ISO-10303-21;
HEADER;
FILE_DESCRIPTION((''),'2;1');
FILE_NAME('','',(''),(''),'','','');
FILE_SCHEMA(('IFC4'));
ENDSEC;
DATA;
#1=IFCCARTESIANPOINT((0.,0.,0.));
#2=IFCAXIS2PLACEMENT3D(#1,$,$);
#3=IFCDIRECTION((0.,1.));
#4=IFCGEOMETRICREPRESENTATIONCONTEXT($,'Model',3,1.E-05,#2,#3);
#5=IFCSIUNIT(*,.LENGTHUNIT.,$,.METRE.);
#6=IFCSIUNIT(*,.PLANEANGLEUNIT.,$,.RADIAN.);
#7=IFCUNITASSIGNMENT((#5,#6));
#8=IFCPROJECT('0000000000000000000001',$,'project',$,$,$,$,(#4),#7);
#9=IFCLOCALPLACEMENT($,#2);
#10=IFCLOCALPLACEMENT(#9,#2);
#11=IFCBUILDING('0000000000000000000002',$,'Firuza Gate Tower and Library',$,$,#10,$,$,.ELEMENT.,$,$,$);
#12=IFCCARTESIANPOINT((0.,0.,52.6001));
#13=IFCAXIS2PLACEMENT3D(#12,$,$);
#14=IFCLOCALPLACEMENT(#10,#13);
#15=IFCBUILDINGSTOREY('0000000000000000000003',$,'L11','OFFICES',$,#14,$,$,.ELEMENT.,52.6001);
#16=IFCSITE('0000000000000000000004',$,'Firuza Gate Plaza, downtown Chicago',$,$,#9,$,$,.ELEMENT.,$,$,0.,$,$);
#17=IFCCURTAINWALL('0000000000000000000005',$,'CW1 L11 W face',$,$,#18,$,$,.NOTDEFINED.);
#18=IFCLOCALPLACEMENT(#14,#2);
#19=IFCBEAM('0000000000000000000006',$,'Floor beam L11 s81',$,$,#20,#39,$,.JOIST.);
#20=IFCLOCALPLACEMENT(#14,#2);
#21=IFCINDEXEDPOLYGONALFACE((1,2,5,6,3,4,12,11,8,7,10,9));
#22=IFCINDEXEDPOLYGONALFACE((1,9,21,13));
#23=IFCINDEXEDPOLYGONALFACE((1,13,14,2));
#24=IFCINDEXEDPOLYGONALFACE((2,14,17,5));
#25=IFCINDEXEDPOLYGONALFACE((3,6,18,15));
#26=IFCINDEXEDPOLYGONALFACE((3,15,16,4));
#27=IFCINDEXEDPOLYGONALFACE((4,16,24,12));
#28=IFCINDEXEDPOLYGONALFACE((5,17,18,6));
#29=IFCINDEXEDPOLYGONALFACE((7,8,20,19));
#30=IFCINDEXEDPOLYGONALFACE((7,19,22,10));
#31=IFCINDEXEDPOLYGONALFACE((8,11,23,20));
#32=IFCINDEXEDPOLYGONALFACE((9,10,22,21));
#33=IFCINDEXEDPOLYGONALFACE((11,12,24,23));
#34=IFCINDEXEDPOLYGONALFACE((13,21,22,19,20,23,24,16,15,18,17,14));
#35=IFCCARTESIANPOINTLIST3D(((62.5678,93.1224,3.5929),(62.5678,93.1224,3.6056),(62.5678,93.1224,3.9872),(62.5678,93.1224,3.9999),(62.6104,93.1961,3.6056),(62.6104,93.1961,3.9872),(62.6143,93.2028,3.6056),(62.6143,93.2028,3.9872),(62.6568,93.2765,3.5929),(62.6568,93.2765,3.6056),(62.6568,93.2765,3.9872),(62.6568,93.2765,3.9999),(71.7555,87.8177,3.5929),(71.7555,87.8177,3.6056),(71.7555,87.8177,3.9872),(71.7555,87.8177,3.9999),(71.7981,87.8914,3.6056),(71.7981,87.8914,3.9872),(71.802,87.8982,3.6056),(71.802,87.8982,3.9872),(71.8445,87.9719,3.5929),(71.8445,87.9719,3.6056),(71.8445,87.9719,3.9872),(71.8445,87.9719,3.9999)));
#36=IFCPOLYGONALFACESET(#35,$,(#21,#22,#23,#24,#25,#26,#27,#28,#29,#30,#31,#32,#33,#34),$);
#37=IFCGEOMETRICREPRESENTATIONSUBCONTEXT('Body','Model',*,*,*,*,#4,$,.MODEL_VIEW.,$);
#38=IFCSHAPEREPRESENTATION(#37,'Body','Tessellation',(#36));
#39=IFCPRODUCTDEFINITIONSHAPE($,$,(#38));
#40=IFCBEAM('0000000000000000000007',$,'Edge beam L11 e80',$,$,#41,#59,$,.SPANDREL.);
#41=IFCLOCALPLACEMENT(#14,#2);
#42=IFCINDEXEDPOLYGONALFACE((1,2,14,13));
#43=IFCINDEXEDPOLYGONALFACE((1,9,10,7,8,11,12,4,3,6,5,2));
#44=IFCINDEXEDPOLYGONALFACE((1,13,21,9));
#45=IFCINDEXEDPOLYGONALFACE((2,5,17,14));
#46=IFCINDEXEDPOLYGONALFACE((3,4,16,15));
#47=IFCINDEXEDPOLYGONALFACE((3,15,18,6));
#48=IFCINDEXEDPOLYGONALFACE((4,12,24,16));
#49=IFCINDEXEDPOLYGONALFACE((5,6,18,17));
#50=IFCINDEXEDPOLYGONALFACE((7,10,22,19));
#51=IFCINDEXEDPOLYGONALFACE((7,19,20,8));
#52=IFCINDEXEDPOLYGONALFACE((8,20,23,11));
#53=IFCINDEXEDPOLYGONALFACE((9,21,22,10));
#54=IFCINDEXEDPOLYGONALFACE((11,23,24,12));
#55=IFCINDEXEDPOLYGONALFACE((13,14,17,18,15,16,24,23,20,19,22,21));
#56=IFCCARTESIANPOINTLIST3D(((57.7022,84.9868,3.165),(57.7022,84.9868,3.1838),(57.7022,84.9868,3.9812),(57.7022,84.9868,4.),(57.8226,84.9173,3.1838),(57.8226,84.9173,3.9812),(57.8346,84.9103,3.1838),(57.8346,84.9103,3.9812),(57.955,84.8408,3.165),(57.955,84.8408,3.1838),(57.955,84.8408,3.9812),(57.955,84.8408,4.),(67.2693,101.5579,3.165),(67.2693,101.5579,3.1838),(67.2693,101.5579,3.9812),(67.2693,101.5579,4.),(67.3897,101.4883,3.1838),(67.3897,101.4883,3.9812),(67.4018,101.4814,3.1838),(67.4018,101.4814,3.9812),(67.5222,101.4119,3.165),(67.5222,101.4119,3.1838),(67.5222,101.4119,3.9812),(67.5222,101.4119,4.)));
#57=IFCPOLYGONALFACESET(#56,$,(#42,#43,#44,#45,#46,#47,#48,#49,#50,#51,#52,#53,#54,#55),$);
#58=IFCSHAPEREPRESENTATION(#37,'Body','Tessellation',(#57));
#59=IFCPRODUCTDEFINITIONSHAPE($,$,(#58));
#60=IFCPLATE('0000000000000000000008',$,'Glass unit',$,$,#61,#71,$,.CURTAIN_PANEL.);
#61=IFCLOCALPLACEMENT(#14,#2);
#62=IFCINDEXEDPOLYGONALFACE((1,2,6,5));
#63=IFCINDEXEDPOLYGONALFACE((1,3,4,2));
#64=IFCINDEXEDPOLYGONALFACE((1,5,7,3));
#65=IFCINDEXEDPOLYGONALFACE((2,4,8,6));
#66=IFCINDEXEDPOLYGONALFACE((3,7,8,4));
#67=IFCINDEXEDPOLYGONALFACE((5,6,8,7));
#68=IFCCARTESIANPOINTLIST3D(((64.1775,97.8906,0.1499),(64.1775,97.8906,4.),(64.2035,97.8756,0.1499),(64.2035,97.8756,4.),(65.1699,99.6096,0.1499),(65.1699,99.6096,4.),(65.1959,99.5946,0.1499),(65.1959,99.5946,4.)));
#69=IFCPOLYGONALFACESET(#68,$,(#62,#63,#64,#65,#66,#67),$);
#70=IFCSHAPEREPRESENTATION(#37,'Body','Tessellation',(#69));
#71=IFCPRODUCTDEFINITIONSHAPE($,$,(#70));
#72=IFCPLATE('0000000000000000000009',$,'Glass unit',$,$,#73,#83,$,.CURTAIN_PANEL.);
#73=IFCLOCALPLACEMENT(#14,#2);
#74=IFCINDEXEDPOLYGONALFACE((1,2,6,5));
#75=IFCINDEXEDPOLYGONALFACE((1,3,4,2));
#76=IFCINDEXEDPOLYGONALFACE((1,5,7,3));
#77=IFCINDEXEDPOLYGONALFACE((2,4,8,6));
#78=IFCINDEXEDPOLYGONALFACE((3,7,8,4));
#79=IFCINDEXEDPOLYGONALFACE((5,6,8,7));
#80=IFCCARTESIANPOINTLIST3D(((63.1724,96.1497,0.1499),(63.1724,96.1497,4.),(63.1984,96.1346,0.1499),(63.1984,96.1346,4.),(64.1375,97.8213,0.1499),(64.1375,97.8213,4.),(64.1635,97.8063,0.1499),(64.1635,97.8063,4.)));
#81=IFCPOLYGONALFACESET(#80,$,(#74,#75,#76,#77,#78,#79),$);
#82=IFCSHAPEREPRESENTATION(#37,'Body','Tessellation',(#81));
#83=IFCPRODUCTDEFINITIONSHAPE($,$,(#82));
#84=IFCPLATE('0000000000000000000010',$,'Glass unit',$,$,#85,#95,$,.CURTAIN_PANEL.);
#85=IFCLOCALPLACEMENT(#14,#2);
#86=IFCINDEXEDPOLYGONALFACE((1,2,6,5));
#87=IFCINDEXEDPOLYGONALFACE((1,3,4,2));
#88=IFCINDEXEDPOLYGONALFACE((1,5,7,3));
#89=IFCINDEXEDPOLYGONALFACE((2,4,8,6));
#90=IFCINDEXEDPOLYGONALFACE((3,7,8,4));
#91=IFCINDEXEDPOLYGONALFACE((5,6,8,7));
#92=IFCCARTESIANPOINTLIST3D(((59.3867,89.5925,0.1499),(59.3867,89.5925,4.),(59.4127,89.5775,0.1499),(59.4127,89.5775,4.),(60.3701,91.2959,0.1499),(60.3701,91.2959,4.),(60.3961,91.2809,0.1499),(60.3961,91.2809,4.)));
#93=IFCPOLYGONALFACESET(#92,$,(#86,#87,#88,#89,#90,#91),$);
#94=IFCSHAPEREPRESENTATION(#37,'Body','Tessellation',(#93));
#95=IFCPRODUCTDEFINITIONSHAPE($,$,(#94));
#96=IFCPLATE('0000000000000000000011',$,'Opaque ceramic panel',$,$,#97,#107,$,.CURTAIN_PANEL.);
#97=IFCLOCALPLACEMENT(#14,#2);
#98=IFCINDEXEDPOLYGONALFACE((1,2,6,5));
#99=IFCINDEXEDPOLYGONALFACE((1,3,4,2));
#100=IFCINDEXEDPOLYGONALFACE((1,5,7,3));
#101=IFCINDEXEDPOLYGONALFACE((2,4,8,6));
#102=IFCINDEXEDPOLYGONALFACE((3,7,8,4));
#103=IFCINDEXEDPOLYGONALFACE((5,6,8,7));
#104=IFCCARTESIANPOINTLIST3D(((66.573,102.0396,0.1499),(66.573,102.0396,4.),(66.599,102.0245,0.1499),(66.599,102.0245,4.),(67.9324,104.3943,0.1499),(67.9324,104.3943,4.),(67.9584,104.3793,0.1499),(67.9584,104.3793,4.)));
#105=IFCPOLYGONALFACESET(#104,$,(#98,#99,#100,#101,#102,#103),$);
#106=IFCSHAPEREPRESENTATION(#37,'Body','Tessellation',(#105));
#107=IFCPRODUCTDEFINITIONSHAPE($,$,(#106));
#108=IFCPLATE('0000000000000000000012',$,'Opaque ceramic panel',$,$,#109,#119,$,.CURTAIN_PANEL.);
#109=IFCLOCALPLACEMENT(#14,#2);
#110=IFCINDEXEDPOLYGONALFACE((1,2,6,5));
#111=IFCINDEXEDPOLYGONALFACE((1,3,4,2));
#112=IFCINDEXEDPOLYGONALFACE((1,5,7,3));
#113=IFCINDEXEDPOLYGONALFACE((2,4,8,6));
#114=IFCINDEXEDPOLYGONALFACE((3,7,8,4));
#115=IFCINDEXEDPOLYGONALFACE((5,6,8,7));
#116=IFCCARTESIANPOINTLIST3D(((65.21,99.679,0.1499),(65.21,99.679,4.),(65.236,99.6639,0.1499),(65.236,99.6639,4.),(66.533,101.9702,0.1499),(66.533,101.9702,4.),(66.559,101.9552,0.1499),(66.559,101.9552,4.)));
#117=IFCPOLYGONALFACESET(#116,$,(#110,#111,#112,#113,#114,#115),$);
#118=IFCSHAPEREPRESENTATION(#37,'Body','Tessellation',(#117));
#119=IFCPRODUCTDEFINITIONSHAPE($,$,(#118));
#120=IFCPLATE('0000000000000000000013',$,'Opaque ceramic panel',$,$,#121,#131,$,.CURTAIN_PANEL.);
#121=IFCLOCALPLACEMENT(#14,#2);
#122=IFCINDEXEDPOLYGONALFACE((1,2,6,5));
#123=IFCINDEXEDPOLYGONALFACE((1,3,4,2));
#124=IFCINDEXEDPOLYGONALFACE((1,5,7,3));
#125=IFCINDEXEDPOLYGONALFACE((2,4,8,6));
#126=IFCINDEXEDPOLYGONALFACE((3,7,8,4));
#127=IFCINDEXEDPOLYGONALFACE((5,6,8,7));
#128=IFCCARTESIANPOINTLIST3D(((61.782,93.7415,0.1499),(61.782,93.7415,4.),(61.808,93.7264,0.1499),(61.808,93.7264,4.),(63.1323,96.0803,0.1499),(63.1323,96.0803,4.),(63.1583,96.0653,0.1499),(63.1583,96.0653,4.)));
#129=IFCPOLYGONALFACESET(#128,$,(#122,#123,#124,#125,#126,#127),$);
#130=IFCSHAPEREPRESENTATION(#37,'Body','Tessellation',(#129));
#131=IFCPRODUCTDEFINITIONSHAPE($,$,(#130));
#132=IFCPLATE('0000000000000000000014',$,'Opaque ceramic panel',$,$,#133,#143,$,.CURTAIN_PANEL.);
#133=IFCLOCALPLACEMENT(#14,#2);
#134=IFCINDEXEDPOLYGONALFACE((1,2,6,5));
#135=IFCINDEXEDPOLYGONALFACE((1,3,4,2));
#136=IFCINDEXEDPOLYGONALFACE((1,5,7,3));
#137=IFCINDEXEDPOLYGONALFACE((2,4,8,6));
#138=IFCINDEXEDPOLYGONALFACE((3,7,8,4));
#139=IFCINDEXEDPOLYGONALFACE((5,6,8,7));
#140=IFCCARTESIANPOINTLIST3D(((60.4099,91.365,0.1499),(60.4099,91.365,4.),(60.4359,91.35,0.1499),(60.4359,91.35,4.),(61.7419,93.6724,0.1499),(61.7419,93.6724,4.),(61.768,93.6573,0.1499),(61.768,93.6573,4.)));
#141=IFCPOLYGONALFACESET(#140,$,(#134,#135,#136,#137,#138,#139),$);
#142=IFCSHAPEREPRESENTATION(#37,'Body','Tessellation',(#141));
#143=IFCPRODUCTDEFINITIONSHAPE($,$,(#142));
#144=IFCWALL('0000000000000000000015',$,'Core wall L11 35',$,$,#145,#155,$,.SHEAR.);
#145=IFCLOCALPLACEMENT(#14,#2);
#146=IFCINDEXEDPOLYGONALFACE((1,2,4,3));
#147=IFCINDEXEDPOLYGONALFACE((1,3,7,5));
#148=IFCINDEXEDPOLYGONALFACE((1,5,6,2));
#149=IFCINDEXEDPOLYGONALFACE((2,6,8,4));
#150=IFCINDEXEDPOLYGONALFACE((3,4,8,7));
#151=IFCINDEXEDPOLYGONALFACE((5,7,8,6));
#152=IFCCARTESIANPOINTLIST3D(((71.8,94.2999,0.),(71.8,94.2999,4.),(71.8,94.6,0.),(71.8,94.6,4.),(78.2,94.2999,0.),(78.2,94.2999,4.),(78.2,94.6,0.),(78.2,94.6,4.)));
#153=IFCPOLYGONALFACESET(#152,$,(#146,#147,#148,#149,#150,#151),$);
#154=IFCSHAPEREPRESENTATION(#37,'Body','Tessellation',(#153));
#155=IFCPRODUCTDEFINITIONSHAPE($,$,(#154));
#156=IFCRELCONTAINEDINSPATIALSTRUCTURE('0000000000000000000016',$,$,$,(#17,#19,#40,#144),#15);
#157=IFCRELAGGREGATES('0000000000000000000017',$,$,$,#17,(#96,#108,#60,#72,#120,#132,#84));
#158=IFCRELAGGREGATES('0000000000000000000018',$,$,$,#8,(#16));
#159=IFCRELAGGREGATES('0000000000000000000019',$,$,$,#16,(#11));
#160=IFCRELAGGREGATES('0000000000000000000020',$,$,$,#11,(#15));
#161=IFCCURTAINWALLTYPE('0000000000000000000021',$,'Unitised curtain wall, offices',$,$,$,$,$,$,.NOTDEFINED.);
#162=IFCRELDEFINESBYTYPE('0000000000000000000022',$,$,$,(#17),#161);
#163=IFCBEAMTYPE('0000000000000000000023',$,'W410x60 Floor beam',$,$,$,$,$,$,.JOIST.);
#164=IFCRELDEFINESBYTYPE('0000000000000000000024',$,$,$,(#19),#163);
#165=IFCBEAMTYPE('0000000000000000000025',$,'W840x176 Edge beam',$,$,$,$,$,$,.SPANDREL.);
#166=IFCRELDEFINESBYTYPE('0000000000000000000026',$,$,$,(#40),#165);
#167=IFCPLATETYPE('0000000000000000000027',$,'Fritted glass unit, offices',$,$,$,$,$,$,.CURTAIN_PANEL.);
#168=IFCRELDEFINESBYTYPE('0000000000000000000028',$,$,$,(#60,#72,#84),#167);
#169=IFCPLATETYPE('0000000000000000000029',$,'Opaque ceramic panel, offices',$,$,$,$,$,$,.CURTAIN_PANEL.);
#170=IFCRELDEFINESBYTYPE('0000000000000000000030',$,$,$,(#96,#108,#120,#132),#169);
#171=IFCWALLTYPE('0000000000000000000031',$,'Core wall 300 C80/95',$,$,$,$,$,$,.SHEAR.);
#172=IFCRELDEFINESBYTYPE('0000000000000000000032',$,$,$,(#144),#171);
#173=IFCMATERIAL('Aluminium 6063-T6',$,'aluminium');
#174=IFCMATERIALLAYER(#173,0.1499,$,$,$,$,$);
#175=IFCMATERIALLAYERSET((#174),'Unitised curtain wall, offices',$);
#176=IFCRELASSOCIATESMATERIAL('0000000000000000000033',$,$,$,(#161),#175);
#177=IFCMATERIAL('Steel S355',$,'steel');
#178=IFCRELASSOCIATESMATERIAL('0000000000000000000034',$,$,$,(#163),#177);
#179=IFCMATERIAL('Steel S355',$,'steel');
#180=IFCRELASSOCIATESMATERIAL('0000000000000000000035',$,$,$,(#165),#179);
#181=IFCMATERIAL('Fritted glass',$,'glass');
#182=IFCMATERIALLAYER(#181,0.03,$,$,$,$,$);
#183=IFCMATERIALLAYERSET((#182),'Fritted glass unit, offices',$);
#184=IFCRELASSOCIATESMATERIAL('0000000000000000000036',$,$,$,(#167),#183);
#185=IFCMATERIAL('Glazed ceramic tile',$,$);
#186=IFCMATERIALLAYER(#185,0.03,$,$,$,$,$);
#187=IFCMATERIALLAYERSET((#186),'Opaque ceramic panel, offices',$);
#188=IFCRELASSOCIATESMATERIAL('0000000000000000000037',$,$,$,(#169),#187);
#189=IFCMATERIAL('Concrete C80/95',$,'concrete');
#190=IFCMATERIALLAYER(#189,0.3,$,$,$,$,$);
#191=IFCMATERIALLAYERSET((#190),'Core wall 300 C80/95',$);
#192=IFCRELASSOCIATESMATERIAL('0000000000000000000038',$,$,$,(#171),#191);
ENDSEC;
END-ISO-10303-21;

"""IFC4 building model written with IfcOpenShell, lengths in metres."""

from ifc_helpers import new_model, si_unit, direction, frame, frame_2d, origin, origin_2d, place, context, subcontext, project, spatial, polyline, rectangle, i_section, outline, extrude, material, layer, layer_set, material_profile, profile_set, type_object, element, aggregate, save


model = new_model("IFC4")

# Units and contexts
model_context = context("Model", 3, precision=1e-05, world=origin(), true_north=direction((0.0, 1.0)))
body_context = subcontext(model_context, "Body", "Model", "MODEL_VIEW")
ifc_project = project(units=[si_unit("LENGTHUNIT", "METRE"), si_unit("PLANEANGLEUNIT", "RADIAN")], contexts=[model_context])

# Site, building, storey
site_placement = place(None, origin())
site = spatial("IfcSite", under=ifc_project, at=site_placement, Name="Firuza Gate Plaza, downtown Chicago", CompositionType="ELEMENT", RefElevation=0.0)
building_placement = place(site_placement, origin())
building = spatial("IfcBuilding", under=site, at=building_placement, Name="Firuza Gate Tower and Library", CompositionType="ELEMENT")
storey_placement = place(building_placement, frame((0.0, 0.0, 52.6001)))
storey = spatial("IfcBuildingStorey", under=building, at=storey_placement, Name="L11", Description="OFFICES", CompositionType="ELEMENT", Elevation=52.6001)

# Curtain wall
ifc_material_1 = material(Name="Aluminium 6063-T6", Category="aluminium")
ifc_layer_1 = layer(ifc_material_1, 0.1499)
ifc_layer_set_1 = layer_set([ifc_layer_1], Name="Unitised curtain wall, offices")
curtain_wall_type = type_object("IfcCurtainWallType", Name="Unitised curtain wall, offices", PredefinedType="NOTDEFINED", material=ifc_layer_set_1)
placement = place(storey_placement, origin())
curtain_wall = element("IfcCurtainWall", 1, at=placement, inside=storey, type_object=curtain_wall_type, Name="CW1 L11 W face", PredefinedType="NOTDEFINED")

# Beams
ifc_material_2 = material(Name="Steel S355", Category="steel")
ifc_material_profile_1 = material_profile(ifc_material_2, i_section(OverallWidth=0.178, OverallDepth=0.407, WebThickness=0.0078, FlangeThickness=0.0127, at=origin_2d()))
ifc_profile_set_1 = profile_set([ifc_material_profile_1], Name="Steel S355")
beam_type_1 = type_object("IfcBeamType", Name="W410x60 Floor beam", PredefinedType="JOIST", material=ifc_profile_set_1)
beam_1_placement = place(storey_placement, frame((62.6123, 93.1995, 3.7964), z_axis=(0.86602, -0.50001, 0.0), x_axis=(0.50001, 0.86602, 0.0)))
element("IfcBeam", 2, at=beam_1_placement, inside=storey, type_object=beam_type_1, Name="Floor beam L11 s81", PredefinedType="JOIST", context=body_context, shape_type="SweptSolid", body=[
    extrude(i_section(OverallWidth=0.178, OverallDepth=0.407, WebThickness=0.0078, FlangeThickness=0.0127, at=origin_2d()), origin(), (0.0, 0.0, 1.0), 10.6091),
])
ifc_material_3 = material(Name="Steel S355", Category="steel")
ifc_material_profile_2 = material_profile(ifc_material_3, i_section(OverallWidth=0.292, OverallDepth=0.835, WebThickness=0.0139, FlangeThickness=0.0188, at=origin_2d()))
ifc_profile_set_2 = profile_set([ifc_material_profile_2], Name="Steel S355")
beam_type_2 = type_object("IfcBeamType", Name="W840x176 Edge beam", PredefinedType="SPANDREL", material=ifc_profile_set_2)
beam_2_placement = place(storey_placement, frame((67.3958, 101.4849, 3.5825), z_axis=(-0.499994, -0.866029, 0.0), x_axis=(0.866029, -0.499994, 0.0)))
element("IfcBeam", 3, at=beam_2_placement, inside=storey, type_object=beam_type_2, Name="Edge beam L11 e80", PredefinedType="SPANDREL", context=body_context, shape_type="SweptSolid", body=[
    extrude(i_section(OverallWidth=0.292, OverallDepth=0.835, WebThickness=0.0139, FlangeThickness=0.0188, at=origin_2d()), origin(), (0.0, 0.0, 1.0), 19.1345),
])

# Plates
ifc_material_4 = material(Name="Fritted glass", Category="glass")
ifc_layer_2 = layer(ifc_material_4, 0.03)
ifc_layer_set_2 = layer_set([ifc_layer_2], Name="Fritted glass unit, offices")
plate_type_1 = type_object("IfcPlateType", Name="Fritted glass unit, offices", PredefinedType="CURTAIN_PANEL", material=ifc_layer_set_2)
plate_1_placement = place(storey_placement, frame((65.1699, 99.6096, 0.1499), z_axis=(-0.866032, 0.499989, 0.0), x_axis=(-0.499989, -0.866032, 0.0)))
plate_1 = element("IfcPlate", 4, at=plate_1_placement, type_object=plate_type_1, Name="Glass unit", PredefinedType="CURTAIN_PANEL", context=body_context, shape_type="SweptSolid", body=[
    extrude(outline(polyline([(0.0, 0.0), (1.9849, 0.0), (1.9849, 3.8501), (0.0, 3.8501), (0.0, 0.0)])), origin(), (0.0, 0.0, -1.0), 0.03),
])
plate_2_placement = place(storey_placement, frame((64.1375, 97.8213, 0.1499), z_axis=(-0.866032, 0.499989, 0.0), x_axis=(-0.499989, -0.866032, 0.0)))
plate_2 = element("IfcPlate", 5, at=plate_2_placement, type_object=plate_type_1, Name="Glass unit", PredefinedType="CURTAIN_PANEL", context=body_context, shape_type="SweptSolid", body=[
    extrude(outline(polyline([(0.0, 0.0), (1.9302, 0.0), (1.9302, 3.8501), (0.0, 3.8501), (0.0, 0.0)])), origin(), (0.0, 0.0, -1.0), 0.03),
])
plate_3_placement = place(storey_placement, frame((60.3701, 91.2959, 0.1499), z_axis=(-0.866035, 0.499984, 0.0), x_axis=(-0.499984, -0.866035, 0.0)))
plate_3 = element("IfcPlate", 6, at=plate_3_placement, type_object=plate_type_1, Name="Glass unit", PredefinedType="CURTAIN_PANEL", context=body_context, shape_type="SweptSolid", body=[
    extrude(outline(polyline([(0.0, 0.0), (1.9669, 0.0), (1.9669, 3.8501), (0.0, 3.8501), (0.0, 0.0)])), origin(), (0.0, 0.0, -1.0), 0.03),
])
ifc_material_5 = material(Name="Glazed ceramic tile")
ifc_layer_3 = layer(ifc_material_5, 0.03)
ifc_layer_set_3 = layer_set([ifc_layer_3], Name="Opaque ceramic panel, offices")
plate_type_2 = type_object("IfcPlateType", Name="Opaque ceramic panel, offices", PredefinedType="CURTAIN_PANEL", material=ifc_layer_set_3)
plate_4_placement = place(storey_placement, frame((67.9324, 104.3943, 0.1499), z_axis=(-0.866047, 0.499963, 0.0), x_axis=(-0.499963, -0.866047, 0.0)))
plate_4 = element("IfcPlate", 7, at=plate_4_placement, type_object=plate_type_2, Name="Opaque ceramic panel", PredefinedType="CURTAIN_PANEL", context=body_context, shape_type="SweptSolid", body=[
    extrude(outline(polyline([(0.0, 0.0), (2.7189, 0.0), (2.7189, 3.8501), (0.0, 3.8501), (0.0, 0.0)])), origin(), (0.0, 0.0, -1.0), 0.03),
])
plate_5_placement = place(storey_placement, frame((66.533, 101.9702, 0.1499), z_axis=(-0.866003, 0.500039, 0.0), x_axis=(-0.500039, -0.866003, 0.0)))
plate_5 = element("IfcPlate", 8, at=plate_5_placement, type_object=plate_type_2, Name="Opaque ceramic panel", PredefinedType="CURTAIN_PANEL", context=body_context, shape_type="SweptSolid", body=[
    extrude(outline(polyline([(0.0, 0.0), (2.6458, 0.0), (2.6458, 3.8501), (0.0, 3.8501), (0.0, 0.0)])), origin(), (0.0, 0.0, -1.0), 0.03),
])
plate_6_placement = place(storey_placement, frame((63.1323, 96.0803, 0.1499), z_axis=(-0.866026, 0.499999, 0.0), x_axis=(-0.499999, -0.866026, 0.0)))
plate_6 = element("IfcPlate", 9, at=plate_6_placement, type_object=plate_type_2, Name="Opaque ceramic panel", PredefinedType="CURTAIN_PANEL", context=body_context, shape_type="SweptSolid", body=[
    extrude(outline(polyline([(0.0, 0.0), (2.7007, 0.0), (2.7007, 3.8501), (0.0, 3.8501), (0.0, 0.0)])), origin(), (0.0, 0.0, -1.0), 0.03),
])
plate_7_placement = place(storey_placement, frame((61.7419, 93.6724, 0.1499), z_axis=(-0.866047, 0.499963, 0.0), x_axis=(-0.499963, -0.866047, 0.0)))
plate_7 = element("IfcPlate", 10, at=plate_7_placement, type_object=plate_type_2, Name="Opaque ceramic panel", PredefinedType="CURTAIN_PANEL", context=body_context, shape_type="SweptSolid", body=[
    extrude(outline(polyline([(0.0, 0.0), (2.6643, 0.0), (2.6643, 3.8501), (0.0, 3.8501), (0.0, 0.0)])), origin(), (0.0, 0.0, -1.0), 0.03),
])
aggregate(curtain_wall, [plate_4, plate_5, plate_1, plate_2, plate_6, plate_7, plate_3])

# Wall
ifc_material_6 = material(Name="Concrete C80/95", Category="concrete")
ifc_layer_4 = layer(ifc_material_6, 0.3)
ifc_layer_set_4 = layer_set([ifc_layer_4], Name="Core wall 300 C80/95")
wall_type_1 = type_object("IfcWallType", Name="Core wall 300 C80/95", PredefinedType="SHEAR", material=ifc_layer_set_4)
wall_1_placement = place(storey_placement, frame((71.8, 94.45, 0.0), z_axis=(0.0, 0.0, 1.0), x_axis=(1.0, 0.0, 0.0)))
element("IfcWall", 11, at=wall_1_placement, inside=storey, type_object=wall_type_1, Name="Core wall L11 35", PredefinedType="SHEAR", context=body_context, shape_type="SweptSolid", body=[
    extrude(rectangle(XDim=6.3999, YDim=0.3, at=frame_2d((3.2, 0.0))), origin(), (0.0, 0.0, 1.0), 4.0),
])

save(model, "model.ifc")
